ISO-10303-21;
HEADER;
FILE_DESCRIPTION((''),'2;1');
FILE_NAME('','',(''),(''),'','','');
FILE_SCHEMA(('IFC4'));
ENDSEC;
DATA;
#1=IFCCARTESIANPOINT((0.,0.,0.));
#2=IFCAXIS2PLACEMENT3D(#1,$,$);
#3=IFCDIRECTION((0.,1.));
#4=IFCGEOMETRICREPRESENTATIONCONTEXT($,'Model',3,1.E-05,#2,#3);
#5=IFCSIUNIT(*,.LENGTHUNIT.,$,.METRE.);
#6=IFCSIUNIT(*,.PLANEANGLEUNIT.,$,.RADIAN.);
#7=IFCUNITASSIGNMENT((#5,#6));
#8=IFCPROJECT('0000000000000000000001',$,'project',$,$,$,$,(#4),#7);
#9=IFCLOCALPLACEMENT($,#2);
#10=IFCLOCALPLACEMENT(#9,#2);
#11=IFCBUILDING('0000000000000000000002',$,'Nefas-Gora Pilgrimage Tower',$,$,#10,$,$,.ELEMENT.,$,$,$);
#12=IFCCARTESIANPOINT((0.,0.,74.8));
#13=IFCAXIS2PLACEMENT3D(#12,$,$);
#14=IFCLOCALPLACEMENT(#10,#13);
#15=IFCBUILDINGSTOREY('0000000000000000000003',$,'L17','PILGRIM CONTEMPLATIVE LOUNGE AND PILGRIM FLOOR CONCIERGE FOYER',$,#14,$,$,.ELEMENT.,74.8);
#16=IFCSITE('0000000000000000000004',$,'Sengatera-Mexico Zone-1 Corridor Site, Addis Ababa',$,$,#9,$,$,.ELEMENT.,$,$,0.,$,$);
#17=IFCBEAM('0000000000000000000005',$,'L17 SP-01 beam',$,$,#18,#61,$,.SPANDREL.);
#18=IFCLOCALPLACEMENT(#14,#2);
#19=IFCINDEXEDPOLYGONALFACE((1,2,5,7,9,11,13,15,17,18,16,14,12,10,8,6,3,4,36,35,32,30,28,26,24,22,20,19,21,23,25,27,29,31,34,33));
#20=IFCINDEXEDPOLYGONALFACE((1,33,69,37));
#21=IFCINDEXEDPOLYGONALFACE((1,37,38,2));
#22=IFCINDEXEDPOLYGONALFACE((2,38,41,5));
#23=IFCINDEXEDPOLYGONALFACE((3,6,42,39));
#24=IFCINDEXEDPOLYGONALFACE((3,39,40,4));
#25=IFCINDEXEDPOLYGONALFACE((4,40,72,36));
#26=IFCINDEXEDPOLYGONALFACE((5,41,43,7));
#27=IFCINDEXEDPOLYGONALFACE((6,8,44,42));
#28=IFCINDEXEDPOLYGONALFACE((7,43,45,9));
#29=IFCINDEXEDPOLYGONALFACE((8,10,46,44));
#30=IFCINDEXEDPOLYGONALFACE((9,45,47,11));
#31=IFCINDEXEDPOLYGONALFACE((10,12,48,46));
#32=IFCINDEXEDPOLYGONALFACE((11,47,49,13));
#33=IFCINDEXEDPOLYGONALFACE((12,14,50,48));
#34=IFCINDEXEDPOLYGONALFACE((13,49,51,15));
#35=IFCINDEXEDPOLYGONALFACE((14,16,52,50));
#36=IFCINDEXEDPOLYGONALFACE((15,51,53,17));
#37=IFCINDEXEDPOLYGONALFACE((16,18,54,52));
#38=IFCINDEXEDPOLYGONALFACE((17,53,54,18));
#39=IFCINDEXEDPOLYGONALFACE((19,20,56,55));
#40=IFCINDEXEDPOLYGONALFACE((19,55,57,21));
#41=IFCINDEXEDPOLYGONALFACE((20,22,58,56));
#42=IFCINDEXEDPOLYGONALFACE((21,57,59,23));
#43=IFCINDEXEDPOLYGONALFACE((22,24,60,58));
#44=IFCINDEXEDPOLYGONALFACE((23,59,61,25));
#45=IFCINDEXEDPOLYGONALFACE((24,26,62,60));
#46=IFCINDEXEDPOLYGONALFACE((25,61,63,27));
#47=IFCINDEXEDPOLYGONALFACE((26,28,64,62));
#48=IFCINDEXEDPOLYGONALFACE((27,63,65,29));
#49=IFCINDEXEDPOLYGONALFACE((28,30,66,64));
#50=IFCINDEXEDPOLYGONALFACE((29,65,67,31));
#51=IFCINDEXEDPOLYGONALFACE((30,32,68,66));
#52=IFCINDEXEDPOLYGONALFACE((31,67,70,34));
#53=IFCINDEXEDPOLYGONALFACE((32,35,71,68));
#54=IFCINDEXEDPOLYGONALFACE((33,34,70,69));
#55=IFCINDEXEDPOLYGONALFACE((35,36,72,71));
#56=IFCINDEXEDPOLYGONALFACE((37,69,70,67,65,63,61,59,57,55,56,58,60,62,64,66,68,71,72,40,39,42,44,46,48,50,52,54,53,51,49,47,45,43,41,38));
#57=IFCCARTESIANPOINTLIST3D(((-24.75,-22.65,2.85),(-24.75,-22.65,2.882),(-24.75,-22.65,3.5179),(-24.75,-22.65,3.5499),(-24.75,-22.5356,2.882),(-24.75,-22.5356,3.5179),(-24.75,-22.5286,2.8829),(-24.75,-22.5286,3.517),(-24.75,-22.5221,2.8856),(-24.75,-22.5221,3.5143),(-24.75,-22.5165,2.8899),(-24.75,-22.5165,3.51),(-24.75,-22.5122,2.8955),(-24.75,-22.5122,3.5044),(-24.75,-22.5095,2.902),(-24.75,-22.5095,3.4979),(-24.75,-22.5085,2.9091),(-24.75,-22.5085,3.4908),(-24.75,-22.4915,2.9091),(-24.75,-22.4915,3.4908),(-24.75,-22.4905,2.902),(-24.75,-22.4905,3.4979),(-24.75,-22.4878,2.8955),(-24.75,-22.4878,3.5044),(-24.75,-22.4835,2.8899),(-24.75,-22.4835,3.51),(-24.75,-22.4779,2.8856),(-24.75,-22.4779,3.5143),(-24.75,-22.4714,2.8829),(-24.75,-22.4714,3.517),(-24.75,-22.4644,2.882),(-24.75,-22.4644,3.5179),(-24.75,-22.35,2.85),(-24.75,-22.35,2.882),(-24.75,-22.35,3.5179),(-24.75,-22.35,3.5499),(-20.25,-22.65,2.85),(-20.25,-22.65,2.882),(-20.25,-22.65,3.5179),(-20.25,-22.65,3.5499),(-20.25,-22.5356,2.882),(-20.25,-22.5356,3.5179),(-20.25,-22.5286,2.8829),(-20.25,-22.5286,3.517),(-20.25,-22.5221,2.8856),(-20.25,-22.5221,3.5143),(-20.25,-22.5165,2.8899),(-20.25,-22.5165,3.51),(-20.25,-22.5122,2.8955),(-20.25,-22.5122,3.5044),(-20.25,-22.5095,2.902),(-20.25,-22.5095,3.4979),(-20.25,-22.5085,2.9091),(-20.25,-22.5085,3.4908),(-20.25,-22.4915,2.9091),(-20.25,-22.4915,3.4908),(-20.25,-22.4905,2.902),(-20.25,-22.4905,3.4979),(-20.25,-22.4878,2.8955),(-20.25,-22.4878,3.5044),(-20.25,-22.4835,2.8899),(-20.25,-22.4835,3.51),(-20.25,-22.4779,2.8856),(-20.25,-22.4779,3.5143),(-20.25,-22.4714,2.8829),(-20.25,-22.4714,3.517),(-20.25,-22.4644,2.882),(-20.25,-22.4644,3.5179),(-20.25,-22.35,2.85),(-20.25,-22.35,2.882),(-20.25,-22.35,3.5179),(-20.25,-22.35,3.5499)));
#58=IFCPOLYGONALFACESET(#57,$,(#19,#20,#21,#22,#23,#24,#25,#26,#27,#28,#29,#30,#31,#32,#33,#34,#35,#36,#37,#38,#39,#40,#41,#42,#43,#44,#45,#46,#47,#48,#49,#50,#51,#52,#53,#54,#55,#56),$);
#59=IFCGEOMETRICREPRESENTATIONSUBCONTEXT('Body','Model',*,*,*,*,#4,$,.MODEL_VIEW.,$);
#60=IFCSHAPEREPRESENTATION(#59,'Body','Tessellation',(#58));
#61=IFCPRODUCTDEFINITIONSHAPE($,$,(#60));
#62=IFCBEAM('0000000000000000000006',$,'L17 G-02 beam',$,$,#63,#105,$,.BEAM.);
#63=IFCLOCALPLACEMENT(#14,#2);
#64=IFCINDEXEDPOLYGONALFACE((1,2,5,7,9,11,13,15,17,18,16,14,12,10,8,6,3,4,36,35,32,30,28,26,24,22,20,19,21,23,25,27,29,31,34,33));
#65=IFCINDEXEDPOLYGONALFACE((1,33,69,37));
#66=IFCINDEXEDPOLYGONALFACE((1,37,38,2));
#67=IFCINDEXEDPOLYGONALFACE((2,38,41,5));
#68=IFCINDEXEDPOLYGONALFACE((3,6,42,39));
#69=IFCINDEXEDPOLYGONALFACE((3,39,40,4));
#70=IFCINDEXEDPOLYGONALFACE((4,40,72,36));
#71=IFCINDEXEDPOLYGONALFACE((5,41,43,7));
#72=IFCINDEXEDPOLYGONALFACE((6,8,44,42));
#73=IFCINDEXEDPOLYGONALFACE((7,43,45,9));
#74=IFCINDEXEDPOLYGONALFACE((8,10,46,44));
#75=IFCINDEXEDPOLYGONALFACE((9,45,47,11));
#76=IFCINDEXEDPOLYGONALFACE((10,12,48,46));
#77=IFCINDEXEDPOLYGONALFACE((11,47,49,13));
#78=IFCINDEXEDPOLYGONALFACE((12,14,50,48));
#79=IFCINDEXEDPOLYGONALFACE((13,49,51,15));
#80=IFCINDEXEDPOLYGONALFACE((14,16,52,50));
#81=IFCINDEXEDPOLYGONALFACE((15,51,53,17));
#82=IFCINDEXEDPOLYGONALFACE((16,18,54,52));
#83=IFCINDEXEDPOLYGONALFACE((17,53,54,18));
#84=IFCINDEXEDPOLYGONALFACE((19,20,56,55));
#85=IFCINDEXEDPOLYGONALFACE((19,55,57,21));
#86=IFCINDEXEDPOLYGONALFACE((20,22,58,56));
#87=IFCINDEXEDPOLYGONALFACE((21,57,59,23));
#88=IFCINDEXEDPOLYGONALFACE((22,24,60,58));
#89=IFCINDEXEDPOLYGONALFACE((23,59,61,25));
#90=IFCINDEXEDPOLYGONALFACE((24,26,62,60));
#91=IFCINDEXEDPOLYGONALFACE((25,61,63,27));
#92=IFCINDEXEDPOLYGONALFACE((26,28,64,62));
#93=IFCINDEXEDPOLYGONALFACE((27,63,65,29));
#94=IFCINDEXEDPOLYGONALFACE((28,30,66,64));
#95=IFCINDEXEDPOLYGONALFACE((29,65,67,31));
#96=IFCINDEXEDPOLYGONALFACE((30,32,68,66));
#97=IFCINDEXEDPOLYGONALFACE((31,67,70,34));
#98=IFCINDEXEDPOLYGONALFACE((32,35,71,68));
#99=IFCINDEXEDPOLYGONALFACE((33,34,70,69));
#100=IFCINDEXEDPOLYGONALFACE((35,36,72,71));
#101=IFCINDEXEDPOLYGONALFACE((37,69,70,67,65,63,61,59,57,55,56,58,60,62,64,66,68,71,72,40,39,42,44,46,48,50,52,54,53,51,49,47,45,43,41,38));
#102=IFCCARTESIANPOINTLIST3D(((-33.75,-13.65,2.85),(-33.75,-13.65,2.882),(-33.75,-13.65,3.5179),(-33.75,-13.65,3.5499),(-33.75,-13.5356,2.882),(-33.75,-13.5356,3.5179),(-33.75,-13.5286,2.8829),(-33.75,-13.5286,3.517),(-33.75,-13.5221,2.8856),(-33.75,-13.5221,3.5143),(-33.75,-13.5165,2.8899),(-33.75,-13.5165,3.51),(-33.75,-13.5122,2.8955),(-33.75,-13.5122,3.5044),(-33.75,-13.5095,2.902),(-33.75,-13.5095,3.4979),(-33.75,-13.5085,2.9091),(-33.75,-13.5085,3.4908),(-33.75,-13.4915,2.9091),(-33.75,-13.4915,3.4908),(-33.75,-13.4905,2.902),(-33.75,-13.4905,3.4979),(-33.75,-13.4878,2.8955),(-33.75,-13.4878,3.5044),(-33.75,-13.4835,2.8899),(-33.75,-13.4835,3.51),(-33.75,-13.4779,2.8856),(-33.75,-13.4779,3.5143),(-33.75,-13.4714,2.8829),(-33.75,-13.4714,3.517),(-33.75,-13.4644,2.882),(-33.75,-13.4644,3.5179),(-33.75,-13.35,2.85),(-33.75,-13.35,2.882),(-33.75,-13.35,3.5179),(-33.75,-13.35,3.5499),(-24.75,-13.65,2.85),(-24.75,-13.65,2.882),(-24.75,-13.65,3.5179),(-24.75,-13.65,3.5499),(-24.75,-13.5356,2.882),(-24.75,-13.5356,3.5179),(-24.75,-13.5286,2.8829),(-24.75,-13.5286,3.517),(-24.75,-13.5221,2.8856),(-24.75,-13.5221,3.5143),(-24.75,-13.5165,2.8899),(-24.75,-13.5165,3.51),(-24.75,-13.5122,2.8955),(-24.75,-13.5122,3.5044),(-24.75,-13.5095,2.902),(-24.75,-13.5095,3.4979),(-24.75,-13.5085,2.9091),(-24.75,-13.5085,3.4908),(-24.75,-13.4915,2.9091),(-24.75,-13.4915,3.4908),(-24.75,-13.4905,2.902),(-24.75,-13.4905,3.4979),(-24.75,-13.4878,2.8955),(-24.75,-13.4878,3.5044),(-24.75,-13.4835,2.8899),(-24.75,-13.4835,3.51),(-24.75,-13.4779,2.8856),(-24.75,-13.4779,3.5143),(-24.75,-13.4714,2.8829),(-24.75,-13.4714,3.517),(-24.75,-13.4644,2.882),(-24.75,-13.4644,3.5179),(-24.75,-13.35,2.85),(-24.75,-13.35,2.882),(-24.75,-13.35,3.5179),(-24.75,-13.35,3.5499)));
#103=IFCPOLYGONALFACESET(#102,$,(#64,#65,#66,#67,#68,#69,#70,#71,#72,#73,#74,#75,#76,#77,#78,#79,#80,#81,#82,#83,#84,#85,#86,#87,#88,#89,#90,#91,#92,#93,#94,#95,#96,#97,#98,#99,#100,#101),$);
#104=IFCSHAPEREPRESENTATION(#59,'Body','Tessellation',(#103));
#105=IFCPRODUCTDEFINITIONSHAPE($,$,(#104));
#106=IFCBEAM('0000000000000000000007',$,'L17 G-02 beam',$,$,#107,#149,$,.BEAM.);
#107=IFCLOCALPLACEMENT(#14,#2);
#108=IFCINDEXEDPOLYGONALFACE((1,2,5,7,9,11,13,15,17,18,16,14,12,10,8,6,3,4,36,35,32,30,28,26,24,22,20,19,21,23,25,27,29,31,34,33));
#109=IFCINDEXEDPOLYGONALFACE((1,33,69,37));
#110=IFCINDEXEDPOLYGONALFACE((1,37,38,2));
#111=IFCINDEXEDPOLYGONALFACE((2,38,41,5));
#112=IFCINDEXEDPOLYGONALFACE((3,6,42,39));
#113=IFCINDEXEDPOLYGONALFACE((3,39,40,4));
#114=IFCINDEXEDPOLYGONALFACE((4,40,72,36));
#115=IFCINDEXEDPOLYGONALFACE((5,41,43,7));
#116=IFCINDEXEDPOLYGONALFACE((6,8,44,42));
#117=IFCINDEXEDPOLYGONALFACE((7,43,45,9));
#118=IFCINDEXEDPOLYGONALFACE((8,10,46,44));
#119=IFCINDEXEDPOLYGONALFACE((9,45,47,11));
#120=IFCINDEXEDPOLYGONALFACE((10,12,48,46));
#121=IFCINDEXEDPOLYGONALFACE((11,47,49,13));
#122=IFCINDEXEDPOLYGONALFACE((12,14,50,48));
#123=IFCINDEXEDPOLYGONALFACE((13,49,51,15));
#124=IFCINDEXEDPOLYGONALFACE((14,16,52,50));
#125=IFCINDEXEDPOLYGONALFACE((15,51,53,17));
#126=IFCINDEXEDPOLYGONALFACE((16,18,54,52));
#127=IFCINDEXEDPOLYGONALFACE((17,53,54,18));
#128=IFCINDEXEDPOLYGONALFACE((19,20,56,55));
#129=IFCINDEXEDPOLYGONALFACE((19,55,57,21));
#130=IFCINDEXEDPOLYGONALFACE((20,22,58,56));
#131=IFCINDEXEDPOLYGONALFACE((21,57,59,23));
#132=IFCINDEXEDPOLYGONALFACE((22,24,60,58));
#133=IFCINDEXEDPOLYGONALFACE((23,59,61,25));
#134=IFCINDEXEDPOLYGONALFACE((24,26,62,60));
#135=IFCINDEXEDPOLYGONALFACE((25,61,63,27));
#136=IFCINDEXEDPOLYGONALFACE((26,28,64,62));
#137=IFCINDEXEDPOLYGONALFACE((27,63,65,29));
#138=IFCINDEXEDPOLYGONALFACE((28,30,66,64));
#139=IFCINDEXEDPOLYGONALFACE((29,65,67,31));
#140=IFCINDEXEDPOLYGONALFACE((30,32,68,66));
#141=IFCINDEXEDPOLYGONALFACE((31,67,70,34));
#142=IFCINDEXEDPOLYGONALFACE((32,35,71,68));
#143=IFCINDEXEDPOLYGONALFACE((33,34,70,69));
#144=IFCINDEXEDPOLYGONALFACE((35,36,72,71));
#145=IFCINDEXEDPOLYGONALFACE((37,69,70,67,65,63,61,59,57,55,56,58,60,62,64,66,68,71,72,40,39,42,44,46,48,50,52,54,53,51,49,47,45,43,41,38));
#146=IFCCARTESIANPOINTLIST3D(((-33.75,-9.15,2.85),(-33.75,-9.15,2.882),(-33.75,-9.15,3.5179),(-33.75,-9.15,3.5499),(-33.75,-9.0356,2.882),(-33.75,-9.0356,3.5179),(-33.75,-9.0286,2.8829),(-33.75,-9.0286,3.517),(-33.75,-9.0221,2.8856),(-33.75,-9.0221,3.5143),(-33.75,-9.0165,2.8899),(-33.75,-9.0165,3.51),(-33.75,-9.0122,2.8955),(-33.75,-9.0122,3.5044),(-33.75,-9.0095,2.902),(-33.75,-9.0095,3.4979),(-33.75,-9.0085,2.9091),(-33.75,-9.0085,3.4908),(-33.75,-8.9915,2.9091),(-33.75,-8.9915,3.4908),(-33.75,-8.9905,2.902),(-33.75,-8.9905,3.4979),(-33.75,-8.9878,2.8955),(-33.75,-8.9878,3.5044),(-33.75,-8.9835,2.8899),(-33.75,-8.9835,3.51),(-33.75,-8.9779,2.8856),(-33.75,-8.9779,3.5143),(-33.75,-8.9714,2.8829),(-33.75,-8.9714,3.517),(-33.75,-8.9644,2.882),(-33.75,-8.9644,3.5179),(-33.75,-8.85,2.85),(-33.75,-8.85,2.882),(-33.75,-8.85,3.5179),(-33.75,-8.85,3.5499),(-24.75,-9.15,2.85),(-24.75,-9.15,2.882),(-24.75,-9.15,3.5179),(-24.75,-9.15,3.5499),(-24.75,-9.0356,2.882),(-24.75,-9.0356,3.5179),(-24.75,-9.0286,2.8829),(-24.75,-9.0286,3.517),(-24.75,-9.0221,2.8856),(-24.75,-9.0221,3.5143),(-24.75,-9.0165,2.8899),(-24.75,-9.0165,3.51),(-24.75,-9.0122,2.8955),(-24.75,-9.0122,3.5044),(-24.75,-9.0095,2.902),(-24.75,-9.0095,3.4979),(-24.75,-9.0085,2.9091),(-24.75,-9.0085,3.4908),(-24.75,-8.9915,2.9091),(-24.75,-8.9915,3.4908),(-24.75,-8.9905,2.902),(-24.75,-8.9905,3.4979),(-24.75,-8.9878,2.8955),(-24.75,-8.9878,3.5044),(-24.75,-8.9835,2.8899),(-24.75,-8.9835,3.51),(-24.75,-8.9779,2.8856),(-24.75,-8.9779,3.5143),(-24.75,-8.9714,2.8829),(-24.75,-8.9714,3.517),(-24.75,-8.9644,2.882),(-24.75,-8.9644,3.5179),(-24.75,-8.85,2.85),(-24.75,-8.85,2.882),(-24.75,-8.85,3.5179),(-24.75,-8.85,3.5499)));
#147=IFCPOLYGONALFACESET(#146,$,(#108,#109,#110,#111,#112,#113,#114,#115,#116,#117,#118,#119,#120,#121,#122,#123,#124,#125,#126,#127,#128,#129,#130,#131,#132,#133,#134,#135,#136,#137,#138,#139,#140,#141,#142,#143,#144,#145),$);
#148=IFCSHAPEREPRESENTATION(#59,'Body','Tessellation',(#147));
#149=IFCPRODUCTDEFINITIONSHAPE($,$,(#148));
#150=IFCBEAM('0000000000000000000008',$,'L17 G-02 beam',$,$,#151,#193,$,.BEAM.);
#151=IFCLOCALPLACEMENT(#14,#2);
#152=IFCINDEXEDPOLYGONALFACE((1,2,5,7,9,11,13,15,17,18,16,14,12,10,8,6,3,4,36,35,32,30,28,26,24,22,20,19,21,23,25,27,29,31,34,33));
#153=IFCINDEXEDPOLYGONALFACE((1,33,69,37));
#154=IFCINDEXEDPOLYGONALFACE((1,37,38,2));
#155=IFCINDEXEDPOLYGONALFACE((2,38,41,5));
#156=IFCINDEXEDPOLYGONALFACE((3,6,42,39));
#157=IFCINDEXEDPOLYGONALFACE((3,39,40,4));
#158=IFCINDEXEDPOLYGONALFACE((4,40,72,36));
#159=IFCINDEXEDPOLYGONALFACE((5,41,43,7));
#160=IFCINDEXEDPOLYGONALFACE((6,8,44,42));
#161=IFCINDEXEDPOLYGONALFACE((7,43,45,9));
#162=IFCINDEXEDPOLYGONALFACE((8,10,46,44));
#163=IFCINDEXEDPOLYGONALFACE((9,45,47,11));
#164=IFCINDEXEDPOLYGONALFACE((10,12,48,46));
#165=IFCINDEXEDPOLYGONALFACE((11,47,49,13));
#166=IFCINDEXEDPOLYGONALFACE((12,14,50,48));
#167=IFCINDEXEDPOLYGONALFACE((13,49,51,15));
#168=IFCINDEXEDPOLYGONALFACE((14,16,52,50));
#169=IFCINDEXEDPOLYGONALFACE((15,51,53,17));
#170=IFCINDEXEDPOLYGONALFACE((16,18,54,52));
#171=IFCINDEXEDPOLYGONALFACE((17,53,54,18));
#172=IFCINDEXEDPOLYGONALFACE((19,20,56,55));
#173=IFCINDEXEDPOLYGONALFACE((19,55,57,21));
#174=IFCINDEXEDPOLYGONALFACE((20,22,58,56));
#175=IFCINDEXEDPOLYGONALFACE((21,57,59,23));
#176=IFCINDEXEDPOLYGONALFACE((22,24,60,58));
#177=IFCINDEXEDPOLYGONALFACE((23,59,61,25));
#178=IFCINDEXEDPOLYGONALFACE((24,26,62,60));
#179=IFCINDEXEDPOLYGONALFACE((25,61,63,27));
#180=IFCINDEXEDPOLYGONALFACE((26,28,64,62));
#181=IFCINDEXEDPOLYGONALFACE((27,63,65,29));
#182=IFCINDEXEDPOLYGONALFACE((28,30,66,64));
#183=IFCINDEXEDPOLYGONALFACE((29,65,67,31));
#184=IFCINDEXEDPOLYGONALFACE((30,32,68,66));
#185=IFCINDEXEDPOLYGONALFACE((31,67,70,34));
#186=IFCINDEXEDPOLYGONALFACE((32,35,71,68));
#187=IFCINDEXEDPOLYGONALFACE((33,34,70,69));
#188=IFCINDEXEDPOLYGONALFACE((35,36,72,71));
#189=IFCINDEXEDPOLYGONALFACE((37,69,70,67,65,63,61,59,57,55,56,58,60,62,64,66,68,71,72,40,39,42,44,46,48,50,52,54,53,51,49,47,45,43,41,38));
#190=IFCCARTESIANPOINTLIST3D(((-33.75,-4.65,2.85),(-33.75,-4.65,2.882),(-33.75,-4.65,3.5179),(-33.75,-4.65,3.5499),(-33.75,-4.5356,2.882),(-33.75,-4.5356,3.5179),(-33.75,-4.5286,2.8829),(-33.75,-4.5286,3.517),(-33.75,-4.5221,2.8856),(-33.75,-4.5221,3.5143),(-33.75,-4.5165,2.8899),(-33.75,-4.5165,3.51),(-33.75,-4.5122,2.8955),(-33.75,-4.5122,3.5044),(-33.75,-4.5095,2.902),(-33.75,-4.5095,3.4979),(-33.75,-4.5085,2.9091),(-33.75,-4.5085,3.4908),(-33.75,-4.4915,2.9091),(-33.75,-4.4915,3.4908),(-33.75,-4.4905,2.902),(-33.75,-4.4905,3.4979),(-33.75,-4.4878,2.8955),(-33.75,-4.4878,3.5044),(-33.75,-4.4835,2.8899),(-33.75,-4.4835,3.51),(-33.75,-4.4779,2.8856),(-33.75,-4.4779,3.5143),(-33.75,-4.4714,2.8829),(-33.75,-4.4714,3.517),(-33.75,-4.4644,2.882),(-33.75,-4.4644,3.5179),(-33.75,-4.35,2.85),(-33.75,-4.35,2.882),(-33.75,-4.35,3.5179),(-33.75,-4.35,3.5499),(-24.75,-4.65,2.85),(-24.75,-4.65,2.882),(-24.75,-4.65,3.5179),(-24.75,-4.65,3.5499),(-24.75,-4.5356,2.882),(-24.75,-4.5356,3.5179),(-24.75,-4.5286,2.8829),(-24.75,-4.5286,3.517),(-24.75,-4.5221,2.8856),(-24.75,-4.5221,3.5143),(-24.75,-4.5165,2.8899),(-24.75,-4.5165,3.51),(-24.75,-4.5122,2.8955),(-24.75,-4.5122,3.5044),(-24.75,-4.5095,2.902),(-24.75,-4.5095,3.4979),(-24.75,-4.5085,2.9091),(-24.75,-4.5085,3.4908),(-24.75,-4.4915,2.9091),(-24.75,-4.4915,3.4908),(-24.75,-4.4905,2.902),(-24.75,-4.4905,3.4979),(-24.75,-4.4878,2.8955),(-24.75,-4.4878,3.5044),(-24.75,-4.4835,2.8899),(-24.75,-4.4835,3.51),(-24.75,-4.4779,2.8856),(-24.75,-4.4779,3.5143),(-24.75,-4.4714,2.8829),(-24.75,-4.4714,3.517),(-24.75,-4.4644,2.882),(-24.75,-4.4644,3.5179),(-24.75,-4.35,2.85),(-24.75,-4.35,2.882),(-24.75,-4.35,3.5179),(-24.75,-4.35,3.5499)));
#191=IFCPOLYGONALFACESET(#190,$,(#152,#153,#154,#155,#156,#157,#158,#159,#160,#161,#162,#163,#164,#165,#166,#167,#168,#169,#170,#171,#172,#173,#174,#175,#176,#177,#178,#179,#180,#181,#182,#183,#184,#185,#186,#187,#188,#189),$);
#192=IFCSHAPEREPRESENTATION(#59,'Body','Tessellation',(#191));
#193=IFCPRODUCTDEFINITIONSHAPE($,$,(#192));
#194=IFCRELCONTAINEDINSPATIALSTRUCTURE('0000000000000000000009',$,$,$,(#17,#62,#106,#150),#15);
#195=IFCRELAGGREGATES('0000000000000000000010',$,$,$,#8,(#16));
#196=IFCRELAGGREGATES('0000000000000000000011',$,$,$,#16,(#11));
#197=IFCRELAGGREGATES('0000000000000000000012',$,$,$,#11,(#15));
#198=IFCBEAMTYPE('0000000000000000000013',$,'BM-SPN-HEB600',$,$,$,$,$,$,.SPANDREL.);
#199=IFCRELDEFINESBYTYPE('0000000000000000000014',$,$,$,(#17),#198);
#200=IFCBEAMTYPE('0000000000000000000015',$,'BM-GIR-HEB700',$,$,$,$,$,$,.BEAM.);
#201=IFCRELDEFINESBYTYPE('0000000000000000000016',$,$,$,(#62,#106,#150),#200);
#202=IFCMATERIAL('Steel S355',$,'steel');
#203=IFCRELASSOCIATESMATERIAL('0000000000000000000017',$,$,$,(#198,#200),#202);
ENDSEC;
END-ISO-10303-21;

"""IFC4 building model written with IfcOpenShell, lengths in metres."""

from ifc_helpers import new_model, si_unit, direction, frame, origin, origin_2d, place, context, subcontext, project, spatial, i_section, extrude, source, transform, mapped, material, material_profile, profile_set, type_object, element, save


model = new_model("IFC4")

# Units and contexts
model_context = context("Model", 3, precision=1e-05, world=origin(), true_north=direction((0.0, 1.0)))
body_context = subcontext(model_context, "Body", "Model", "MODEL_VIEW")
ifc_project = project(units=[si_unit("LENGTHUNIT", "METRE"), si_unit("PLANEANGLEUNIT", "RADIAN")], contexts=[model_context])

# Site, building, storey
site_placement = place(None, origin())
site = spatial("IfcSite", under=ifc_project, at=site_placement, Name="Sengatera-Mexico Zone-1 Corridor Site, Addis Ababa", CompositionType="ELEMENT", RefElevation=0.0)
building_placement = place(site_placement, origin())
building = spatial("IfcBuilding", under=site, at=building_placement, Name="Nefas-Gora Pilgrimage Tower", CompositionType="ELEMENT")
storey_placement = place(building_placement, frame((0.0, 0.0, 74.8)))
storey = spatial("IfcBuildingStorey", under=building, at=storey_placement, Name="L17", Description="PILGRIM CONTEMPLATIVE LOUNGE AND PILGRIM FLOOR CONCIERGE FOYER", CompositionType="ELEMENT", Elevation=74.8)

# Beams
ifc_material_1 = material(Name="Steel S355", Category="steel")
ifc_material_profile_1 = material_profile(ifc_material_1, i_section(OverallWidth=0.3, OverallDepth=0.7, WebThickness=0.0171, FlangeThickness=0.032, FilletRadius=0.0271, at=origin_2d()), Name="HEB 700")
ifc_profile_set_1 = profile_set([ifc_material_profile_1], Name="Steel S355")
beam_type_1 = type_object("IfcBeamType", Name="BM-SPN-HEB600", PredefinedType="SPANDREL", material=ifc_profile_set_1)
shared_shape_1 = source(origin(), body_context, "Body", "SweptSolid", [
    extrude(i_section(OverallWidth=0.3, OverallDepth=0.7, WebThickness=0.0171, FlangeThickness=0.032, FilletRadius=0.0271, at=origin_2d()), origin(), (0.0, 0.0, 1.0), 4.5),
])
for number, where, z_axis, x_axis, name in (
    (1, (-24.75, -22.5, 3.2), (1.0, 0.0, 0.0), (0.0, 1.0, 0.0), "L17 SP-01 beam"),
):
    element("IfcBeam", number, at=place(storey_placement, frame(where, z_axis=z_axis, x_axis=x_axis)), inside=storey, type_object=beam_type_1, Name=name, PredefinedType="SPANDREL", context=body_context, shape_type="MappedRepresentation", body=[
        mapped(shared_shape_1, transform((0.0, 0.0, 0.0), x_axis=(1.0, 0.0, 0.0), y_axis=(0.0, 1.0, 0.0), z_axis=(0.0, 0.0, 1.0), scale=1.0)),
    ])
ifc_material_profile_2 = material_profile(ifc_material_1, i_section(OverallWidth=0.3, OverallDepth=0.7, WebThickness=0.0171, FlangeThickness=0.032, FilletRadius=0.0271, at=origin_2d()), Name="HEB 700")
ifc_profile_set_2 = profile_set([ifc_material_profile_2], Name="Steel S355")
beam_type_2 = type_object("IfcBeamType", Name="BM-GIR-HEB700", PredefinedType="BEAM", material=ifc_profile_set_2)
shared_shape_2 = source(origin(), body_context, "Body", "SweptSolid", [
    extrude(i_section(OverallWidth=0.3, OverallDepth=0.7, WebThickness=0.0171, FlangeThickness=0.032, FilletRadius=0.0271, at=origin_2d()), origin(), (0.0, 0.0, 1.0), 9.0),
])
for number, where, z_axis, x_axis, name in (
    (2, (-33.75, -13.5, 3.2), (1.0, 0.0, 0.0), (0.0, 1.0, 0.0), "L17 G-02 beam"),
    (3, (-33.75, -9.0, 3.2), (1.0, 0.0, 0.0), (0.0, 1.0, 0.0), "L17 G-02 beam"),
    (4, (-33.75, -4.5, 3.2), (1.0, 0.0, 0.0), (0.0, 1.0, 0.0), "L17 G-02 beam"),
):
    element("IfcBeam", number, at=place(storey_placement, frame(where, z_axis=z_axis, x_axis=x_axis)), inside=storey, type_object=beam_type_2, Name=name, PredefinedType="BEAM", context=body_context, shape_type="MappedRepresentation", body=[
        mapped(shared_shape_2, transform((0.0, 0.0, 0.0), x_axis=(1.0, 0.0, 0.0), y_axis=(0.0, 1.0, 0.0), z_axis=(0.0, 0.0, 1.0), scale=1.0)),
    ])

save(model, "model.ifc")
